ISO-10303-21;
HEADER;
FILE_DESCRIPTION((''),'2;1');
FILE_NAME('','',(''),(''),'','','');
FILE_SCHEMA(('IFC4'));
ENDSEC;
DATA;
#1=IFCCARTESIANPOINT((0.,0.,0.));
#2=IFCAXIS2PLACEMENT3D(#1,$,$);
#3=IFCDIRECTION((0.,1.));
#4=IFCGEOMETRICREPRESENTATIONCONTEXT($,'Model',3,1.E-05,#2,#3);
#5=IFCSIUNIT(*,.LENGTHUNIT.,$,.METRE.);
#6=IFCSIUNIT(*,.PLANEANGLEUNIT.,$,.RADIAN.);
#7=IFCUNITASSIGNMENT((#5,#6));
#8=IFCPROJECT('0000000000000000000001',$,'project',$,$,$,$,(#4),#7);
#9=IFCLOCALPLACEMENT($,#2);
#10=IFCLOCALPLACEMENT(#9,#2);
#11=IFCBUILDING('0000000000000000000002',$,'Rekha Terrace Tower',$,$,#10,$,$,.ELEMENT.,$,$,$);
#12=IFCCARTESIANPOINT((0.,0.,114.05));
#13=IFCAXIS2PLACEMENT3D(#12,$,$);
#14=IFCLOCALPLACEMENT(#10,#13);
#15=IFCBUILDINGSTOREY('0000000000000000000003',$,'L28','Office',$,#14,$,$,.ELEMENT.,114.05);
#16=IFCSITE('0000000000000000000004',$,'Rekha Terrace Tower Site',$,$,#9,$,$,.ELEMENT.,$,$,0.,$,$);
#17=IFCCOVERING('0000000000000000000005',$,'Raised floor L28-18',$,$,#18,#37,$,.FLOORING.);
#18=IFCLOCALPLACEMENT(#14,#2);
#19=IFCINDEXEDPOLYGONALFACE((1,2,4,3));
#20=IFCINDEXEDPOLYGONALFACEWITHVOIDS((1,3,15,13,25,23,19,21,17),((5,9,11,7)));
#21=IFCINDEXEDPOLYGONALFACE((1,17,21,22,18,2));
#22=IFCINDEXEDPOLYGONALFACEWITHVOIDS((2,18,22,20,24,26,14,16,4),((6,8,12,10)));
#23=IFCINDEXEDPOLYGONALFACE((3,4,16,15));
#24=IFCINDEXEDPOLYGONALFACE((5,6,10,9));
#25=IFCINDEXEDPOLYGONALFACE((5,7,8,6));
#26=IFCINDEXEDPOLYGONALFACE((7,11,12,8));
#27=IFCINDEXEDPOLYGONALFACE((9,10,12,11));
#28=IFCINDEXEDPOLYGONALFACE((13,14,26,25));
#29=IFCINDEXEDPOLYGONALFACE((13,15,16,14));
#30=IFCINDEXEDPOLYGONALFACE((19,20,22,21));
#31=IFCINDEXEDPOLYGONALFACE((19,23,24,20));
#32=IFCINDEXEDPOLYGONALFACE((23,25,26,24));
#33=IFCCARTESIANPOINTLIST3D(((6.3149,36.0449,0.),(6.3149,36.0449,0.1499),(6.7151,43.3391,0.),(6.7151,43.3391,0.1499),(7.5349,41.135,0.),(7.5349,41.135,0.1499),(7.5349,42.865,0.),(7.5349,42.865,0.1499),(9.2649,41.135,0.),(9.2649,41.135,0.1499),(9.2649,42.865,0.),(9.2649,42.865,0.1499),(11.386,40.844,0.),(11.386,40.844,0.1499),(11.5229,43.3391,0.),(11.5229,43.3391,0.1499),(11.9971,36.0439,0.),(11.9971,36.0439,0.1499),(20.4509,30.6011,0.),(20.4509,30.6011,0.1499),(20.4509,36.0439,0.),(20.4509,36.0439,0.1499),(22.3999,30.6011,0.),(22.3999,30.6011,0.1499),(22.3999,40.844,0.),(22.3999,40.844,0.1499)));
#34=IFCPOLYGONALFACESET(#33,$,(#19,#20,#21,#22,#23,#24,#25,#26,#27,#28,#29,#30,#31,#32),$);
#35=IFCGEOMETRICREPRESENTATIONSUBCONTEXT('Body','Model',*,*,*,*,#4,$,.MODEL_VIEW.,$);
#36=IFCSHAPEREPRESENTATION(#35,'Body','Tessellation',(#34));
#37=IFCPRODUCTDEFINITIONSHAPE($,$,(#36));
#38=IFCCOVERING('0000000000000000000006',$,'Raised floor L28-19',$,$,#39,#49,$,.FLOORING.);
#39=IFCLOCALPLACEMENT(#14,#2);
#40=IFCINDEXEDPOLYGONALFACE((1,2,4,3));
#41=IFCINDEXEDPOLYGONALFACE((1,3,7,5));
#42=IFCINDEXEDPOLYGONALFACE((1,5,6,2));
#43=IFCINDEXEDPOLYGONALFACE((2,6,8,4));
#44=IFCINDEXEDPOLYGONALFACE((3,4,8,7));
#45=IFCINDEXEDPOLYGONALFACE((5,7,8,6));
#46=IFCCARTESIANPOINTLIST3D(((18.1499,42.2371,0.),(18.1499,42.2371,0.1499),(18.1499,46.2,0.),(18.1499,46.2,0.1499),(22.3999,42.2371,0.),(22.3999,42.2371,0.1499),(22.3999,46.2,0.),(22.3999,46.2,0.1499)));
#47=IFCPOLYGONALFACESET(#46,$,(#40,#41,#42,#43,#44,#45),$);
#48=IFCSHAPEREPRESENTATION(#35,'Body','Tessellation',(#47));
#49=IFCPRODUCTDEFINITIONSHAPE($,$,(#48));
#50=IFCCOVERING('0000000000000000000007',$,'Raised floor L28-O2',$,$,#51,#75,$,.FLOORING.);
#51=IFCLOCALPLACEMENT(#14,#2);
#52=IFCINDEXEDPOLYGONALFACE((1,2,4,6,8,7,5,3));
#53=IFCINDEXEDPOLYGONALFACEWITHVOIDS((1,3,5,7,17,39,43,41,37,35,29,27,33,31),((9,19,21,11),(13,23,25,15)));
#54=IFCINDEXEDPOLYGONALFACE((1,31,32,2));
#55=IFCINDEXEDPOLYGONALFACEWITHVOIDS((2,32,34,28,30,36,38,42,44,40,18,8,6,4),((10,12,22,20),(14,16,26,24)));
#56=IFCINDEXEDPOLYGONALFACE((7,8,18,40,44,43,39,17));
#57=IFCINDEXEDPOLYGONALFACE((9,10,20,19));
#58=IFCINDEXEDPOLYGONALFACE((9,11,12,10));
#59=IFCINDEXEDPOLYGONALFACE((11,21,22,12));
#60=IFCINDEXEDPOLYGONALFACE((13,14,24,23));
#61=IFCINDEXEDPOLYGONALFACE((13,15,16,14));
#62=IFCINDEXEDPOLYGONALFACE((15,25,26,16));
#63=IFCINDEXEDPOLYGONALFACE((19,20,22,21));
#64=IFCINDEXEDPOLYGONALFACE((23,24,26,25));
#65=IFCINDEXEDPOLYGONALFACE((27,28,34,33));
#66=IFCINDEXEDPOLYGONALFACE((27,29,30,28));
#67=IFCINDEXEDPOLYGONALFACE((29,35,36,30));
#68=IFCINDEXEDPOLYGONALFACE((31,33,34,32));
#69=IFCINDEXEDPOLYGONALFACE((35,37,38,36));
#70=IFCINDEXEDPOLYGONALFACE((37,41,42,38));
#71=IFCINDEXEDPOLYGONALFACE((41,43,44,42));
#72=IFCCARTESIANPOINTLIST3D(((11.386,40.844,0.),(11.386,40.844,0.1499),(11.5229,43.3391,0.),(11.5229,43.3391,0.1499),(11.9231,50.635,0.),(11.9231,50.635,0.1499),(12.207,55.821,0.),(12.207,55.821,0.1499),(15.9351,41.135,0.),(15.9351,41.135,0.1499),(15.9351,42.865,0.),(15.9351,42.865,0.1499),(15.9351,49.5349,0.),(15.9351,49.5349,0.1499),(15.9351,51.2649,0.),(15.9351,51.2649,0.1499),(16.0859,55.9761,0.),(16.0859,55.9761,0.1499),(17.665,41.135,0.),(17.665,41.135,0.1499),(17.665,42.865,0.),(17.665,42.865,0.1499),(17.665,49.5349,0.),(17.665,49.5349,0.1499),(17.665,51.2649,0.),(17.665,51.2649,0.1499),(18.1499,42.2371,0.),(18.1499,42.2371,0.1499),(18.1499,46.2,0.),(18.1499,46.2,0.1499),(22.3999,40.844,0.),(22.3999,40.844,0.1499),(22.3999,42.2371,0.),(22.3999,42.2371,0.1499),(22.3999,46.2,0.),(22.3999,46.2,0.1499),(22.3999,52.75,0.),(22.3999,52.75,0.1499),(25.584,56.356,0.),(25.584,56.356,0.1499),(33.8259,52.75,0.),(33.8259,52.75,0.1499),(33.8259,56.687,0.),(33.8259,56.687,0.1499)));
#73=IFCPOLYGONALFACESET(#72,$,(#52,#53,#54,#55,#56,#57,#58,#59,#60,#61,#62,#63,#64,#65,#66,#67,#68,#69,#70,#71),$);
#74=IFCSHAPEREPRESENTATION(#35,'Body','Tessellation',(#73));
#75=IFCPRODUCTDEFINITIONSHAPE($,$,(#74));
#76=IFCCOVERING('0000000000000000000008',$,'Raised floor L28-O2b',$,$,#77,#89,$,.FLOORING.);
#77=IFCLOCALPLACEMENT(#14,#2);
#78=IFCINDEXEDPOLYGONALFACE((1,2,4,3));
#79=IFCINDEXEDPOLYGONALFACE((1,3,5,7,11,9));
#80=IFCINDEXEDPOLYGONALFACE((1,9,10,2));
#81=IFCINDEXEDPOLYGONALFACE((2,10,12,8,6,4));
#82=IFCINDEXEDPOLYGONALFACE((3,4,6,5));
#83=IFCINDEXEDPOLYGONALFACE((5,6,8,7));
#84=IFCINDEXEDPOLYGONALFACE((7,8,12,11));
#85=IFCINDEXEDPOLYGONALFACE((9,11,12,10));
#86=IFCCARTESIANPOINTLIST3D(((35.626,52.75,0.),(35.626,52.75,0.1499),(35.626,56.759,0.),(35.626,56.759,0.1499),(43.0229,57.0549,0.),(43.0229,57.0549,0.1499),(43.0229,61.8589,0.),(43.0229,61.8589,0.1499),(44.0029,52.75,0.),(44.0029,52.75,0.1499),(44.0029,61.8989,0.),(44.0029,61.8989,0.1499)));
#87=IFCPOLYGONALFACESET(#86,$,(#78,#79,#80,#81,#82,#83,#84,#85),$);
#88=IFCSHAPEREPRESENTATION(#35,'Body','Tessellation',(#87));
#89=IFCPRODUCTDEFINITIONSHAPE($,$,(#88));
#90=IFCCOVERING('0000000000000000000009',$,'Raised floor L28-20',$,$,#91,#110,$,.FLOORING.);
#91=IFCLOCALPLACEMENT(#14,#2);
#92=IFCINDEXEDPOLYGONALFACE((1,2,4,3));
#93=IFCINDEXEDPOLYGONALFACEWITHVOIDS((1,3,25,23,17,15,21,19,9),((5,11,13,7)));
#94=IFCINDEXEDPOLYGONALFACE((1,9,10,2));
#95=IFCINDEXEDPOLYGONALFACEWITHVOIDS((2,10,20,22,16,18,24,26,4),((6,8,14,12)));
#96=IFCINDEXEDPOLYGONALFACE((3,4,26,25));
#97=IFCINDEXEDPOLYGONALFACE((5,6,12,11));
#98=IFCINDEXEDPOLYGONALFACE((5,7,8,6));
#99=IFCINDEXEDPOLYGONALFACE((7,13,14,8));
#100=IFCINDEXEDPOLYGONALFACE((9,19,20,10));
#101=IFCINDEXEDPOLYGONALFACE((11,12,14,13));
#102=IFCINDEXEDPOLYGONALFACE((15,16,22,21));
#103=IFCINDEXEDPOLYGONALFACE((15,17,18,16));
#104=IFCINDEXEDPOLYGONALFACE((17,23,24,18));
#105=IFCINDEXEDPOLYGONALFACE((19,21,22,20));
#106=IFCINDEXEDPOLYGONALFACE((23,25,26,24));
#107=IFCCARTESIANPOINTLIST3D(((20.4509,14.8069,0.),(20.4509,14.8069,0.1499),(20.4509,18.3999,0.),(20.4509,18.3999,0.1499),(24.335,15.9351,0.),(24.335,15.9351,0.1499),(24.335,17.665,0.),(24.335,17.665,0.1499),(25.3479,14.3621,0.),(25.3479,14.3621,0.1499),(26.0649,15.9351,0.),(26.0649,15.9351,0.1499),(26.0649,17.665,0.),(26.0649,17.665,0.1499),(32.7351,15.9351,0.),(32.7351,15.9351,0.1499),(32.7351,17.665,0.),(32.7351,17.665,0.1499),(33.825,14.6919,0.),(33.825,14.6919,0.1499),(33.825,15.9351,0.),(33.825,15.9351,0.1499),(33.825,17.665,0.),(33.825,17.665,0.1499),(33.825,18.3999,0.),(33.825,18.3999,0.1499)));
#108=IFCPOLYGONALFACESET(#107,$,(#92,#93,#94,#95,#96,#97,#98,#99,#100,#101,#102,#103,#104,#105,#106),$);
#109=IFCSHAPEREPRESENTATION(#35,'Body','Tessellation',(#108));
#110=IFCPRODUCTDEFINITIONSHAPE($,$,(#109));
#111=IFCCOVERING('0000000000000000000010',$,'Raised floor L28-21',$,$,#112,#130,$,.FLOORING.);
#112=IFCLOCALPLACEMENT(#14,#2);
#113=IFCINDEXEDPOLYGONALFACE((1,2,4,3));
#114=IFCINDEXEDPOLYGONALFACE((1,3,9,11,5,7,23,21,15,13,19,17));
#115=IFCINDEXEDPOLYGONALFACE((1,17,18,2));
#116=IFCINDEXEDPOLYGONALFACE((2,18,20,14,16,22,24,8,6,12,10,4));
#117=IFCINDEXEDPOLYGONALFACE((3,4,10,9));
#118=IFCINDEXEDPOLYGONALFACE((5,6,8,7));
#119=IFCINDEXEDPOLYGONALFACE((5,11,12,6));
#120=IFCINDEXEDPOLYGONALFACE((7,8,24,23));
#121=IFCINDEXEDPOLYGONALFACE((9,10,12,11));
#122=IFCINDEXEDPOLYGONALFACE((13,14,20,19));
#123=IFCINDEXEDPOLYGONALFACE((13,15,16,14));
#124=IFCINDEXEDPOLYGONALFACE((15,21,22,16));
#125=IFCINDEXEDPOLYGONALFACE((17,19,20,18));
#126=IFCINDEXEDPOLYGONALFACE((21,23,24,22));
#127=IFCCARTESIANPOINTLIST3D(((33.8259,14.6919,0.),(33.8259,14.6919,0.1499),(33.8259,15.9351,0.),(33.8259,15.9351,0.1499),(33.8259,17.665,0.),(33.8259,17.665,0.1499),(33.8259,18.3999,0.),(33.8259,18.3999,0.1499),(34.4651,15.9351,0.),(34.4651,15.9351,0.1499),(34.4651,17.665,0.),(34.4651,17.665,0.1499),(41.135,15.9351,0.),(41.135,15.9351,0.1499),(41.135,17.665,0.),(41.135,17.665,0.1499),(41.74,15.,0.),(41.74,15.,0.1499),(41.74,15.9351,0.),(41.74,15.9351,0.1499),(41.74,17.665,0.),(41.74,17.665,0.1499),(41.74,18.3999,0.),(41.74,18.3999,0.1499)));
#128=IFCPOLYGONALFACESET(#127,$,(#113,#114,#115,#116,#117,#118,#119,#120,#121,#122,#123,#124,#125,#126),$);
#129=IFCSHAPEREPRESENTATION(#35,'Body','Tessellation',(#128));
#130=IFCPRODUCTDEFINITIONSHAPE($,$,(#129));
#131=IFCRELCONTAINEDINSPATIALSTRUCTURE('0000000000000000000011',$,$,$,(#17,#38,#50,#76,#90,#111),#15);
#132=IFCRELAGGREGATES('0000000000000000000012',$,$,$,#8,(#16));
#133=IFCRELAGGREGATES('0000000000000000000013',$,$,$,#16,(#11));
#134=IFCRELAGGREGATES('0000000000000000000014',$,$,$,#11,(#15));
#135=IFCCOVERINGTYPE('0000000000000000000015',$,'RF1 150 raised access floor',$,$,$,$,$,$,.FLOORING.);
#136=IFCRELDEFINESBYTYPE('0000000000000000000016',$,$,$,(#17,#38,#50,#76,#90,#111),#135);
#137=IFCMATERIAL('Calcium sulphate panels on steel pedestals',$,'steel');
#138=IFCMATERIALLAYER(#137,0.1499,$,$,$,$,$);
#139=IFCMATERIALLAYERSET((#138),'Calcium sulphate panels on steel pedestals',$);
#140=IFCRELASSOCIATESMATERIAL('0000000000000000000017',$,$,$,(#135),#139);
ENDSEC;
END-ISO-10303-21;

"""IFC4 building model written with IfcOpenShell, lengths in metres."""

from ifc_helpers import new_model, si_unit, direction, frame, origin, place, context, subcontext, project, spatial, polyline, outline, extrude, material, layer, layer_set, type_object, element, save


model = new_model("IFC4")

# Units and contexts
model_context = context("Model", 3, precision=1e-05, world=origin(), true_north=direction((0.0, 1.0)))
body_context = subcontext(model_context, "Body", "Model", "MODEL_VIEW")
ifc_project = project(units=[si_unit("LENGTHUNIT", "METRE"), si_unit("PLANEANGLEUNIT", "RADIAN")], contexts=[model_context])

# Site, building, storey
site_placement = place(None, origin())
site = spatial("IfcSite", under=ifc_project, at=site_placement, Name="Rekha Terrace Tower Site", CompositionType="ELEMENT", RefElevation=0.0)
building_placement = place(site_placement, origin())
building = spatial("IfcBuilding", under=site, at=building_placement, Name="Rekha Terrace Tower", CompositionType="ELEMENT")
storey_placement = place(building_placement, frame((0.0, 0.0, 114.05)))
storey = spatial("IfcBuildingStorey", under=building, at=storey_placement, Name="L28", Description="Office", CompositionType="ELEMENT", Elevation=114.05)

# Coverings
ifc_material_1 = material(Name="Calcium sulphate panels on steel pedestals", Category="steel")
ifc_layer_1 = layer(ifc_material_1, 0.1499)
ifc_layer_set_1 = layer_set([ifc_layer_1], Name="Calcium sulphate panels on steel pedestals")
covering_type_1 = type_object("IfcCoveringType", Name="RF1 150 raised access floor", PredefinedType="FLOORING", material=ifc_layer_set_1)
covering_1_placement = place(storey_placement, origin())
element("IfcCovering", 1, at=covering_1_placement, inside=storey, type_object=covering_type_1, Name="Raised floor L28-18", PredefinedType="FLOORING", context=body_context, shape_type="SweptSolid", body=[
    extrude(outline(polyline([(20.4509, 30.6011), (22.3999, 30.6011), (22.3999, 40.844), (11.386, 40.844), (11.5229, 43.3391), (6.7151, 43.3391), (6.3149, 36.0449), (11.9971, 36.0439), (20.4509, 36.0439), (20.4509, 30.6011)]), holes=[polyline([(9.2649, 41.135), (7.5349, 41.135), (7.5349, 42.865), (9.2649, 42.865), (9.2649, 41.135)])]), origin(), (0.0, 0.0, 1.0), 0.1499),
])
covering_2_placement = place(storey_placement, origin())
element("IfcCovering", 2, at=covering_2_placement, inside=storey, type_object=covering_type_1, Name="Raised floor L28-19", PredefinedType="FLOORING", context=body_context, shape_type="SweptSolid", body=[
    extrude(outline(polyline([(22.3999, 46.2), (18.1499, 46.2), (18.1499, 42.2371), (22.3999, 42.2371), (22.3999, 46.2)])), origin(), (0.0, 0.0, 1.0), 0.1499),
])
covering_3_placement = place(storey_placement, origin())
element("IfcCovering", 3, at=covering_3_placement, inside=storey, type_object=covering_type_1, Name="Raised floor L28-O2", PredefinedType="FLOORING", context=body_context, shape_type="SweptSolid", body=[
    extrude(outline(polyline([(11.9231, 50.635), (11.5229, 43.3391), (11.386, 40.844), (22.3999, 40.844), (22.3999, 42.2371), (18.1499, 42.2371), (18.1499, 46.2), (22.3999, 46.2), (22.3999, 52.75), (33.8259, 52.75), (33.8259, 56.687), (25.584, 56.356), (16.0859, 55.9761), (12.207, 55.821), (11.9231, 50.635)]), holes=[polyline([(17.665, 41.135), (15.9351, 41.135), (15.9351, 42.865), (17.665, 42.865), (17.665, 41.135)]), polyline([(17.665, 49.5349), (15.9351, 49.5349), (15.9351, 51.2649), (17.665, 51.2649), (17.665, 49.5349)])]), origin(), (0.0, 0.0, 1.0), 0.1499),
])
covering_4_placement = place(storey_placement, origin())
element("IfcCovering", 4, at=covering_4_placement, inside=storey, type_object=covering_type_1, Name="Raised floor L28-O2b", PredefinedType="FLOORING", context=body_context, shape_type="SweptSolid", body=[
    extrude(outline(polyline([(44.0029, 61.8989), (43.0229, 61.8589), (43.0229, 57.0549), (35.626, 56.759), (35.626, 52.75), (44.0029, 52.75), (44.0029, 61.8989)])), origin(), (0.0, 0.0, 1.0), 0.1499),
])
covering_5_placement = place(storey_placement, origin())
element("IfcCovering", 5, at=covering_5_placement, inside=storey, type_object=covering_type_1, Name="Raised floor L28-20", PredefinedType="FLOORING", context=body_context, shape_type="SweptSolid", body=[
    extrude(outline(polyline([(33.825, 17.665), (33.825, 18.3999), (20.4509, 18.3999), (20.4509, 14.8069), (25.3479, 14.3621), (33.825, 14.6919), (33.825, 15.9351), (32.7351, 15.9351), (32.7351, 17.665), (33.825, 17.665)]), holes=[polyline([(26.0649, 17.665), (26.0649, 15.9351), (24.335, 15.9351), (24.335, 17.665), (26.0649, 17.665)])]), origin(), (0.0, 0.0, 1.0), 0.1499),
])
covering_6_placement = place(storey_placement, origin())
element("IfcCovering", 6, at=covering_6_placement, inside=storey, type_object=covering_type_1, Name="Raised floor L28-21", PredefinedType="FLOORING", context=body_context, shape_type="SweptSolid", body=[
    extrude(outline(polyline([(33.8259, 15.9351), (33.8259, 14.6919), (41.74, 15.0), (41.74, 15.9351), (41.135, 15.9351), (41.135, 17.665), (41.74, 17.665), (41.74, 18.3999), (33.8259, 18.3999), (33.8259, 17.665), (34.4651, 17.665), (34.4651, 15.9351), (33.8259, 15.9351)])), origin(), (0.0, 0.0, 1.0), 0.1499),
])

save(model, "model.ifc")
